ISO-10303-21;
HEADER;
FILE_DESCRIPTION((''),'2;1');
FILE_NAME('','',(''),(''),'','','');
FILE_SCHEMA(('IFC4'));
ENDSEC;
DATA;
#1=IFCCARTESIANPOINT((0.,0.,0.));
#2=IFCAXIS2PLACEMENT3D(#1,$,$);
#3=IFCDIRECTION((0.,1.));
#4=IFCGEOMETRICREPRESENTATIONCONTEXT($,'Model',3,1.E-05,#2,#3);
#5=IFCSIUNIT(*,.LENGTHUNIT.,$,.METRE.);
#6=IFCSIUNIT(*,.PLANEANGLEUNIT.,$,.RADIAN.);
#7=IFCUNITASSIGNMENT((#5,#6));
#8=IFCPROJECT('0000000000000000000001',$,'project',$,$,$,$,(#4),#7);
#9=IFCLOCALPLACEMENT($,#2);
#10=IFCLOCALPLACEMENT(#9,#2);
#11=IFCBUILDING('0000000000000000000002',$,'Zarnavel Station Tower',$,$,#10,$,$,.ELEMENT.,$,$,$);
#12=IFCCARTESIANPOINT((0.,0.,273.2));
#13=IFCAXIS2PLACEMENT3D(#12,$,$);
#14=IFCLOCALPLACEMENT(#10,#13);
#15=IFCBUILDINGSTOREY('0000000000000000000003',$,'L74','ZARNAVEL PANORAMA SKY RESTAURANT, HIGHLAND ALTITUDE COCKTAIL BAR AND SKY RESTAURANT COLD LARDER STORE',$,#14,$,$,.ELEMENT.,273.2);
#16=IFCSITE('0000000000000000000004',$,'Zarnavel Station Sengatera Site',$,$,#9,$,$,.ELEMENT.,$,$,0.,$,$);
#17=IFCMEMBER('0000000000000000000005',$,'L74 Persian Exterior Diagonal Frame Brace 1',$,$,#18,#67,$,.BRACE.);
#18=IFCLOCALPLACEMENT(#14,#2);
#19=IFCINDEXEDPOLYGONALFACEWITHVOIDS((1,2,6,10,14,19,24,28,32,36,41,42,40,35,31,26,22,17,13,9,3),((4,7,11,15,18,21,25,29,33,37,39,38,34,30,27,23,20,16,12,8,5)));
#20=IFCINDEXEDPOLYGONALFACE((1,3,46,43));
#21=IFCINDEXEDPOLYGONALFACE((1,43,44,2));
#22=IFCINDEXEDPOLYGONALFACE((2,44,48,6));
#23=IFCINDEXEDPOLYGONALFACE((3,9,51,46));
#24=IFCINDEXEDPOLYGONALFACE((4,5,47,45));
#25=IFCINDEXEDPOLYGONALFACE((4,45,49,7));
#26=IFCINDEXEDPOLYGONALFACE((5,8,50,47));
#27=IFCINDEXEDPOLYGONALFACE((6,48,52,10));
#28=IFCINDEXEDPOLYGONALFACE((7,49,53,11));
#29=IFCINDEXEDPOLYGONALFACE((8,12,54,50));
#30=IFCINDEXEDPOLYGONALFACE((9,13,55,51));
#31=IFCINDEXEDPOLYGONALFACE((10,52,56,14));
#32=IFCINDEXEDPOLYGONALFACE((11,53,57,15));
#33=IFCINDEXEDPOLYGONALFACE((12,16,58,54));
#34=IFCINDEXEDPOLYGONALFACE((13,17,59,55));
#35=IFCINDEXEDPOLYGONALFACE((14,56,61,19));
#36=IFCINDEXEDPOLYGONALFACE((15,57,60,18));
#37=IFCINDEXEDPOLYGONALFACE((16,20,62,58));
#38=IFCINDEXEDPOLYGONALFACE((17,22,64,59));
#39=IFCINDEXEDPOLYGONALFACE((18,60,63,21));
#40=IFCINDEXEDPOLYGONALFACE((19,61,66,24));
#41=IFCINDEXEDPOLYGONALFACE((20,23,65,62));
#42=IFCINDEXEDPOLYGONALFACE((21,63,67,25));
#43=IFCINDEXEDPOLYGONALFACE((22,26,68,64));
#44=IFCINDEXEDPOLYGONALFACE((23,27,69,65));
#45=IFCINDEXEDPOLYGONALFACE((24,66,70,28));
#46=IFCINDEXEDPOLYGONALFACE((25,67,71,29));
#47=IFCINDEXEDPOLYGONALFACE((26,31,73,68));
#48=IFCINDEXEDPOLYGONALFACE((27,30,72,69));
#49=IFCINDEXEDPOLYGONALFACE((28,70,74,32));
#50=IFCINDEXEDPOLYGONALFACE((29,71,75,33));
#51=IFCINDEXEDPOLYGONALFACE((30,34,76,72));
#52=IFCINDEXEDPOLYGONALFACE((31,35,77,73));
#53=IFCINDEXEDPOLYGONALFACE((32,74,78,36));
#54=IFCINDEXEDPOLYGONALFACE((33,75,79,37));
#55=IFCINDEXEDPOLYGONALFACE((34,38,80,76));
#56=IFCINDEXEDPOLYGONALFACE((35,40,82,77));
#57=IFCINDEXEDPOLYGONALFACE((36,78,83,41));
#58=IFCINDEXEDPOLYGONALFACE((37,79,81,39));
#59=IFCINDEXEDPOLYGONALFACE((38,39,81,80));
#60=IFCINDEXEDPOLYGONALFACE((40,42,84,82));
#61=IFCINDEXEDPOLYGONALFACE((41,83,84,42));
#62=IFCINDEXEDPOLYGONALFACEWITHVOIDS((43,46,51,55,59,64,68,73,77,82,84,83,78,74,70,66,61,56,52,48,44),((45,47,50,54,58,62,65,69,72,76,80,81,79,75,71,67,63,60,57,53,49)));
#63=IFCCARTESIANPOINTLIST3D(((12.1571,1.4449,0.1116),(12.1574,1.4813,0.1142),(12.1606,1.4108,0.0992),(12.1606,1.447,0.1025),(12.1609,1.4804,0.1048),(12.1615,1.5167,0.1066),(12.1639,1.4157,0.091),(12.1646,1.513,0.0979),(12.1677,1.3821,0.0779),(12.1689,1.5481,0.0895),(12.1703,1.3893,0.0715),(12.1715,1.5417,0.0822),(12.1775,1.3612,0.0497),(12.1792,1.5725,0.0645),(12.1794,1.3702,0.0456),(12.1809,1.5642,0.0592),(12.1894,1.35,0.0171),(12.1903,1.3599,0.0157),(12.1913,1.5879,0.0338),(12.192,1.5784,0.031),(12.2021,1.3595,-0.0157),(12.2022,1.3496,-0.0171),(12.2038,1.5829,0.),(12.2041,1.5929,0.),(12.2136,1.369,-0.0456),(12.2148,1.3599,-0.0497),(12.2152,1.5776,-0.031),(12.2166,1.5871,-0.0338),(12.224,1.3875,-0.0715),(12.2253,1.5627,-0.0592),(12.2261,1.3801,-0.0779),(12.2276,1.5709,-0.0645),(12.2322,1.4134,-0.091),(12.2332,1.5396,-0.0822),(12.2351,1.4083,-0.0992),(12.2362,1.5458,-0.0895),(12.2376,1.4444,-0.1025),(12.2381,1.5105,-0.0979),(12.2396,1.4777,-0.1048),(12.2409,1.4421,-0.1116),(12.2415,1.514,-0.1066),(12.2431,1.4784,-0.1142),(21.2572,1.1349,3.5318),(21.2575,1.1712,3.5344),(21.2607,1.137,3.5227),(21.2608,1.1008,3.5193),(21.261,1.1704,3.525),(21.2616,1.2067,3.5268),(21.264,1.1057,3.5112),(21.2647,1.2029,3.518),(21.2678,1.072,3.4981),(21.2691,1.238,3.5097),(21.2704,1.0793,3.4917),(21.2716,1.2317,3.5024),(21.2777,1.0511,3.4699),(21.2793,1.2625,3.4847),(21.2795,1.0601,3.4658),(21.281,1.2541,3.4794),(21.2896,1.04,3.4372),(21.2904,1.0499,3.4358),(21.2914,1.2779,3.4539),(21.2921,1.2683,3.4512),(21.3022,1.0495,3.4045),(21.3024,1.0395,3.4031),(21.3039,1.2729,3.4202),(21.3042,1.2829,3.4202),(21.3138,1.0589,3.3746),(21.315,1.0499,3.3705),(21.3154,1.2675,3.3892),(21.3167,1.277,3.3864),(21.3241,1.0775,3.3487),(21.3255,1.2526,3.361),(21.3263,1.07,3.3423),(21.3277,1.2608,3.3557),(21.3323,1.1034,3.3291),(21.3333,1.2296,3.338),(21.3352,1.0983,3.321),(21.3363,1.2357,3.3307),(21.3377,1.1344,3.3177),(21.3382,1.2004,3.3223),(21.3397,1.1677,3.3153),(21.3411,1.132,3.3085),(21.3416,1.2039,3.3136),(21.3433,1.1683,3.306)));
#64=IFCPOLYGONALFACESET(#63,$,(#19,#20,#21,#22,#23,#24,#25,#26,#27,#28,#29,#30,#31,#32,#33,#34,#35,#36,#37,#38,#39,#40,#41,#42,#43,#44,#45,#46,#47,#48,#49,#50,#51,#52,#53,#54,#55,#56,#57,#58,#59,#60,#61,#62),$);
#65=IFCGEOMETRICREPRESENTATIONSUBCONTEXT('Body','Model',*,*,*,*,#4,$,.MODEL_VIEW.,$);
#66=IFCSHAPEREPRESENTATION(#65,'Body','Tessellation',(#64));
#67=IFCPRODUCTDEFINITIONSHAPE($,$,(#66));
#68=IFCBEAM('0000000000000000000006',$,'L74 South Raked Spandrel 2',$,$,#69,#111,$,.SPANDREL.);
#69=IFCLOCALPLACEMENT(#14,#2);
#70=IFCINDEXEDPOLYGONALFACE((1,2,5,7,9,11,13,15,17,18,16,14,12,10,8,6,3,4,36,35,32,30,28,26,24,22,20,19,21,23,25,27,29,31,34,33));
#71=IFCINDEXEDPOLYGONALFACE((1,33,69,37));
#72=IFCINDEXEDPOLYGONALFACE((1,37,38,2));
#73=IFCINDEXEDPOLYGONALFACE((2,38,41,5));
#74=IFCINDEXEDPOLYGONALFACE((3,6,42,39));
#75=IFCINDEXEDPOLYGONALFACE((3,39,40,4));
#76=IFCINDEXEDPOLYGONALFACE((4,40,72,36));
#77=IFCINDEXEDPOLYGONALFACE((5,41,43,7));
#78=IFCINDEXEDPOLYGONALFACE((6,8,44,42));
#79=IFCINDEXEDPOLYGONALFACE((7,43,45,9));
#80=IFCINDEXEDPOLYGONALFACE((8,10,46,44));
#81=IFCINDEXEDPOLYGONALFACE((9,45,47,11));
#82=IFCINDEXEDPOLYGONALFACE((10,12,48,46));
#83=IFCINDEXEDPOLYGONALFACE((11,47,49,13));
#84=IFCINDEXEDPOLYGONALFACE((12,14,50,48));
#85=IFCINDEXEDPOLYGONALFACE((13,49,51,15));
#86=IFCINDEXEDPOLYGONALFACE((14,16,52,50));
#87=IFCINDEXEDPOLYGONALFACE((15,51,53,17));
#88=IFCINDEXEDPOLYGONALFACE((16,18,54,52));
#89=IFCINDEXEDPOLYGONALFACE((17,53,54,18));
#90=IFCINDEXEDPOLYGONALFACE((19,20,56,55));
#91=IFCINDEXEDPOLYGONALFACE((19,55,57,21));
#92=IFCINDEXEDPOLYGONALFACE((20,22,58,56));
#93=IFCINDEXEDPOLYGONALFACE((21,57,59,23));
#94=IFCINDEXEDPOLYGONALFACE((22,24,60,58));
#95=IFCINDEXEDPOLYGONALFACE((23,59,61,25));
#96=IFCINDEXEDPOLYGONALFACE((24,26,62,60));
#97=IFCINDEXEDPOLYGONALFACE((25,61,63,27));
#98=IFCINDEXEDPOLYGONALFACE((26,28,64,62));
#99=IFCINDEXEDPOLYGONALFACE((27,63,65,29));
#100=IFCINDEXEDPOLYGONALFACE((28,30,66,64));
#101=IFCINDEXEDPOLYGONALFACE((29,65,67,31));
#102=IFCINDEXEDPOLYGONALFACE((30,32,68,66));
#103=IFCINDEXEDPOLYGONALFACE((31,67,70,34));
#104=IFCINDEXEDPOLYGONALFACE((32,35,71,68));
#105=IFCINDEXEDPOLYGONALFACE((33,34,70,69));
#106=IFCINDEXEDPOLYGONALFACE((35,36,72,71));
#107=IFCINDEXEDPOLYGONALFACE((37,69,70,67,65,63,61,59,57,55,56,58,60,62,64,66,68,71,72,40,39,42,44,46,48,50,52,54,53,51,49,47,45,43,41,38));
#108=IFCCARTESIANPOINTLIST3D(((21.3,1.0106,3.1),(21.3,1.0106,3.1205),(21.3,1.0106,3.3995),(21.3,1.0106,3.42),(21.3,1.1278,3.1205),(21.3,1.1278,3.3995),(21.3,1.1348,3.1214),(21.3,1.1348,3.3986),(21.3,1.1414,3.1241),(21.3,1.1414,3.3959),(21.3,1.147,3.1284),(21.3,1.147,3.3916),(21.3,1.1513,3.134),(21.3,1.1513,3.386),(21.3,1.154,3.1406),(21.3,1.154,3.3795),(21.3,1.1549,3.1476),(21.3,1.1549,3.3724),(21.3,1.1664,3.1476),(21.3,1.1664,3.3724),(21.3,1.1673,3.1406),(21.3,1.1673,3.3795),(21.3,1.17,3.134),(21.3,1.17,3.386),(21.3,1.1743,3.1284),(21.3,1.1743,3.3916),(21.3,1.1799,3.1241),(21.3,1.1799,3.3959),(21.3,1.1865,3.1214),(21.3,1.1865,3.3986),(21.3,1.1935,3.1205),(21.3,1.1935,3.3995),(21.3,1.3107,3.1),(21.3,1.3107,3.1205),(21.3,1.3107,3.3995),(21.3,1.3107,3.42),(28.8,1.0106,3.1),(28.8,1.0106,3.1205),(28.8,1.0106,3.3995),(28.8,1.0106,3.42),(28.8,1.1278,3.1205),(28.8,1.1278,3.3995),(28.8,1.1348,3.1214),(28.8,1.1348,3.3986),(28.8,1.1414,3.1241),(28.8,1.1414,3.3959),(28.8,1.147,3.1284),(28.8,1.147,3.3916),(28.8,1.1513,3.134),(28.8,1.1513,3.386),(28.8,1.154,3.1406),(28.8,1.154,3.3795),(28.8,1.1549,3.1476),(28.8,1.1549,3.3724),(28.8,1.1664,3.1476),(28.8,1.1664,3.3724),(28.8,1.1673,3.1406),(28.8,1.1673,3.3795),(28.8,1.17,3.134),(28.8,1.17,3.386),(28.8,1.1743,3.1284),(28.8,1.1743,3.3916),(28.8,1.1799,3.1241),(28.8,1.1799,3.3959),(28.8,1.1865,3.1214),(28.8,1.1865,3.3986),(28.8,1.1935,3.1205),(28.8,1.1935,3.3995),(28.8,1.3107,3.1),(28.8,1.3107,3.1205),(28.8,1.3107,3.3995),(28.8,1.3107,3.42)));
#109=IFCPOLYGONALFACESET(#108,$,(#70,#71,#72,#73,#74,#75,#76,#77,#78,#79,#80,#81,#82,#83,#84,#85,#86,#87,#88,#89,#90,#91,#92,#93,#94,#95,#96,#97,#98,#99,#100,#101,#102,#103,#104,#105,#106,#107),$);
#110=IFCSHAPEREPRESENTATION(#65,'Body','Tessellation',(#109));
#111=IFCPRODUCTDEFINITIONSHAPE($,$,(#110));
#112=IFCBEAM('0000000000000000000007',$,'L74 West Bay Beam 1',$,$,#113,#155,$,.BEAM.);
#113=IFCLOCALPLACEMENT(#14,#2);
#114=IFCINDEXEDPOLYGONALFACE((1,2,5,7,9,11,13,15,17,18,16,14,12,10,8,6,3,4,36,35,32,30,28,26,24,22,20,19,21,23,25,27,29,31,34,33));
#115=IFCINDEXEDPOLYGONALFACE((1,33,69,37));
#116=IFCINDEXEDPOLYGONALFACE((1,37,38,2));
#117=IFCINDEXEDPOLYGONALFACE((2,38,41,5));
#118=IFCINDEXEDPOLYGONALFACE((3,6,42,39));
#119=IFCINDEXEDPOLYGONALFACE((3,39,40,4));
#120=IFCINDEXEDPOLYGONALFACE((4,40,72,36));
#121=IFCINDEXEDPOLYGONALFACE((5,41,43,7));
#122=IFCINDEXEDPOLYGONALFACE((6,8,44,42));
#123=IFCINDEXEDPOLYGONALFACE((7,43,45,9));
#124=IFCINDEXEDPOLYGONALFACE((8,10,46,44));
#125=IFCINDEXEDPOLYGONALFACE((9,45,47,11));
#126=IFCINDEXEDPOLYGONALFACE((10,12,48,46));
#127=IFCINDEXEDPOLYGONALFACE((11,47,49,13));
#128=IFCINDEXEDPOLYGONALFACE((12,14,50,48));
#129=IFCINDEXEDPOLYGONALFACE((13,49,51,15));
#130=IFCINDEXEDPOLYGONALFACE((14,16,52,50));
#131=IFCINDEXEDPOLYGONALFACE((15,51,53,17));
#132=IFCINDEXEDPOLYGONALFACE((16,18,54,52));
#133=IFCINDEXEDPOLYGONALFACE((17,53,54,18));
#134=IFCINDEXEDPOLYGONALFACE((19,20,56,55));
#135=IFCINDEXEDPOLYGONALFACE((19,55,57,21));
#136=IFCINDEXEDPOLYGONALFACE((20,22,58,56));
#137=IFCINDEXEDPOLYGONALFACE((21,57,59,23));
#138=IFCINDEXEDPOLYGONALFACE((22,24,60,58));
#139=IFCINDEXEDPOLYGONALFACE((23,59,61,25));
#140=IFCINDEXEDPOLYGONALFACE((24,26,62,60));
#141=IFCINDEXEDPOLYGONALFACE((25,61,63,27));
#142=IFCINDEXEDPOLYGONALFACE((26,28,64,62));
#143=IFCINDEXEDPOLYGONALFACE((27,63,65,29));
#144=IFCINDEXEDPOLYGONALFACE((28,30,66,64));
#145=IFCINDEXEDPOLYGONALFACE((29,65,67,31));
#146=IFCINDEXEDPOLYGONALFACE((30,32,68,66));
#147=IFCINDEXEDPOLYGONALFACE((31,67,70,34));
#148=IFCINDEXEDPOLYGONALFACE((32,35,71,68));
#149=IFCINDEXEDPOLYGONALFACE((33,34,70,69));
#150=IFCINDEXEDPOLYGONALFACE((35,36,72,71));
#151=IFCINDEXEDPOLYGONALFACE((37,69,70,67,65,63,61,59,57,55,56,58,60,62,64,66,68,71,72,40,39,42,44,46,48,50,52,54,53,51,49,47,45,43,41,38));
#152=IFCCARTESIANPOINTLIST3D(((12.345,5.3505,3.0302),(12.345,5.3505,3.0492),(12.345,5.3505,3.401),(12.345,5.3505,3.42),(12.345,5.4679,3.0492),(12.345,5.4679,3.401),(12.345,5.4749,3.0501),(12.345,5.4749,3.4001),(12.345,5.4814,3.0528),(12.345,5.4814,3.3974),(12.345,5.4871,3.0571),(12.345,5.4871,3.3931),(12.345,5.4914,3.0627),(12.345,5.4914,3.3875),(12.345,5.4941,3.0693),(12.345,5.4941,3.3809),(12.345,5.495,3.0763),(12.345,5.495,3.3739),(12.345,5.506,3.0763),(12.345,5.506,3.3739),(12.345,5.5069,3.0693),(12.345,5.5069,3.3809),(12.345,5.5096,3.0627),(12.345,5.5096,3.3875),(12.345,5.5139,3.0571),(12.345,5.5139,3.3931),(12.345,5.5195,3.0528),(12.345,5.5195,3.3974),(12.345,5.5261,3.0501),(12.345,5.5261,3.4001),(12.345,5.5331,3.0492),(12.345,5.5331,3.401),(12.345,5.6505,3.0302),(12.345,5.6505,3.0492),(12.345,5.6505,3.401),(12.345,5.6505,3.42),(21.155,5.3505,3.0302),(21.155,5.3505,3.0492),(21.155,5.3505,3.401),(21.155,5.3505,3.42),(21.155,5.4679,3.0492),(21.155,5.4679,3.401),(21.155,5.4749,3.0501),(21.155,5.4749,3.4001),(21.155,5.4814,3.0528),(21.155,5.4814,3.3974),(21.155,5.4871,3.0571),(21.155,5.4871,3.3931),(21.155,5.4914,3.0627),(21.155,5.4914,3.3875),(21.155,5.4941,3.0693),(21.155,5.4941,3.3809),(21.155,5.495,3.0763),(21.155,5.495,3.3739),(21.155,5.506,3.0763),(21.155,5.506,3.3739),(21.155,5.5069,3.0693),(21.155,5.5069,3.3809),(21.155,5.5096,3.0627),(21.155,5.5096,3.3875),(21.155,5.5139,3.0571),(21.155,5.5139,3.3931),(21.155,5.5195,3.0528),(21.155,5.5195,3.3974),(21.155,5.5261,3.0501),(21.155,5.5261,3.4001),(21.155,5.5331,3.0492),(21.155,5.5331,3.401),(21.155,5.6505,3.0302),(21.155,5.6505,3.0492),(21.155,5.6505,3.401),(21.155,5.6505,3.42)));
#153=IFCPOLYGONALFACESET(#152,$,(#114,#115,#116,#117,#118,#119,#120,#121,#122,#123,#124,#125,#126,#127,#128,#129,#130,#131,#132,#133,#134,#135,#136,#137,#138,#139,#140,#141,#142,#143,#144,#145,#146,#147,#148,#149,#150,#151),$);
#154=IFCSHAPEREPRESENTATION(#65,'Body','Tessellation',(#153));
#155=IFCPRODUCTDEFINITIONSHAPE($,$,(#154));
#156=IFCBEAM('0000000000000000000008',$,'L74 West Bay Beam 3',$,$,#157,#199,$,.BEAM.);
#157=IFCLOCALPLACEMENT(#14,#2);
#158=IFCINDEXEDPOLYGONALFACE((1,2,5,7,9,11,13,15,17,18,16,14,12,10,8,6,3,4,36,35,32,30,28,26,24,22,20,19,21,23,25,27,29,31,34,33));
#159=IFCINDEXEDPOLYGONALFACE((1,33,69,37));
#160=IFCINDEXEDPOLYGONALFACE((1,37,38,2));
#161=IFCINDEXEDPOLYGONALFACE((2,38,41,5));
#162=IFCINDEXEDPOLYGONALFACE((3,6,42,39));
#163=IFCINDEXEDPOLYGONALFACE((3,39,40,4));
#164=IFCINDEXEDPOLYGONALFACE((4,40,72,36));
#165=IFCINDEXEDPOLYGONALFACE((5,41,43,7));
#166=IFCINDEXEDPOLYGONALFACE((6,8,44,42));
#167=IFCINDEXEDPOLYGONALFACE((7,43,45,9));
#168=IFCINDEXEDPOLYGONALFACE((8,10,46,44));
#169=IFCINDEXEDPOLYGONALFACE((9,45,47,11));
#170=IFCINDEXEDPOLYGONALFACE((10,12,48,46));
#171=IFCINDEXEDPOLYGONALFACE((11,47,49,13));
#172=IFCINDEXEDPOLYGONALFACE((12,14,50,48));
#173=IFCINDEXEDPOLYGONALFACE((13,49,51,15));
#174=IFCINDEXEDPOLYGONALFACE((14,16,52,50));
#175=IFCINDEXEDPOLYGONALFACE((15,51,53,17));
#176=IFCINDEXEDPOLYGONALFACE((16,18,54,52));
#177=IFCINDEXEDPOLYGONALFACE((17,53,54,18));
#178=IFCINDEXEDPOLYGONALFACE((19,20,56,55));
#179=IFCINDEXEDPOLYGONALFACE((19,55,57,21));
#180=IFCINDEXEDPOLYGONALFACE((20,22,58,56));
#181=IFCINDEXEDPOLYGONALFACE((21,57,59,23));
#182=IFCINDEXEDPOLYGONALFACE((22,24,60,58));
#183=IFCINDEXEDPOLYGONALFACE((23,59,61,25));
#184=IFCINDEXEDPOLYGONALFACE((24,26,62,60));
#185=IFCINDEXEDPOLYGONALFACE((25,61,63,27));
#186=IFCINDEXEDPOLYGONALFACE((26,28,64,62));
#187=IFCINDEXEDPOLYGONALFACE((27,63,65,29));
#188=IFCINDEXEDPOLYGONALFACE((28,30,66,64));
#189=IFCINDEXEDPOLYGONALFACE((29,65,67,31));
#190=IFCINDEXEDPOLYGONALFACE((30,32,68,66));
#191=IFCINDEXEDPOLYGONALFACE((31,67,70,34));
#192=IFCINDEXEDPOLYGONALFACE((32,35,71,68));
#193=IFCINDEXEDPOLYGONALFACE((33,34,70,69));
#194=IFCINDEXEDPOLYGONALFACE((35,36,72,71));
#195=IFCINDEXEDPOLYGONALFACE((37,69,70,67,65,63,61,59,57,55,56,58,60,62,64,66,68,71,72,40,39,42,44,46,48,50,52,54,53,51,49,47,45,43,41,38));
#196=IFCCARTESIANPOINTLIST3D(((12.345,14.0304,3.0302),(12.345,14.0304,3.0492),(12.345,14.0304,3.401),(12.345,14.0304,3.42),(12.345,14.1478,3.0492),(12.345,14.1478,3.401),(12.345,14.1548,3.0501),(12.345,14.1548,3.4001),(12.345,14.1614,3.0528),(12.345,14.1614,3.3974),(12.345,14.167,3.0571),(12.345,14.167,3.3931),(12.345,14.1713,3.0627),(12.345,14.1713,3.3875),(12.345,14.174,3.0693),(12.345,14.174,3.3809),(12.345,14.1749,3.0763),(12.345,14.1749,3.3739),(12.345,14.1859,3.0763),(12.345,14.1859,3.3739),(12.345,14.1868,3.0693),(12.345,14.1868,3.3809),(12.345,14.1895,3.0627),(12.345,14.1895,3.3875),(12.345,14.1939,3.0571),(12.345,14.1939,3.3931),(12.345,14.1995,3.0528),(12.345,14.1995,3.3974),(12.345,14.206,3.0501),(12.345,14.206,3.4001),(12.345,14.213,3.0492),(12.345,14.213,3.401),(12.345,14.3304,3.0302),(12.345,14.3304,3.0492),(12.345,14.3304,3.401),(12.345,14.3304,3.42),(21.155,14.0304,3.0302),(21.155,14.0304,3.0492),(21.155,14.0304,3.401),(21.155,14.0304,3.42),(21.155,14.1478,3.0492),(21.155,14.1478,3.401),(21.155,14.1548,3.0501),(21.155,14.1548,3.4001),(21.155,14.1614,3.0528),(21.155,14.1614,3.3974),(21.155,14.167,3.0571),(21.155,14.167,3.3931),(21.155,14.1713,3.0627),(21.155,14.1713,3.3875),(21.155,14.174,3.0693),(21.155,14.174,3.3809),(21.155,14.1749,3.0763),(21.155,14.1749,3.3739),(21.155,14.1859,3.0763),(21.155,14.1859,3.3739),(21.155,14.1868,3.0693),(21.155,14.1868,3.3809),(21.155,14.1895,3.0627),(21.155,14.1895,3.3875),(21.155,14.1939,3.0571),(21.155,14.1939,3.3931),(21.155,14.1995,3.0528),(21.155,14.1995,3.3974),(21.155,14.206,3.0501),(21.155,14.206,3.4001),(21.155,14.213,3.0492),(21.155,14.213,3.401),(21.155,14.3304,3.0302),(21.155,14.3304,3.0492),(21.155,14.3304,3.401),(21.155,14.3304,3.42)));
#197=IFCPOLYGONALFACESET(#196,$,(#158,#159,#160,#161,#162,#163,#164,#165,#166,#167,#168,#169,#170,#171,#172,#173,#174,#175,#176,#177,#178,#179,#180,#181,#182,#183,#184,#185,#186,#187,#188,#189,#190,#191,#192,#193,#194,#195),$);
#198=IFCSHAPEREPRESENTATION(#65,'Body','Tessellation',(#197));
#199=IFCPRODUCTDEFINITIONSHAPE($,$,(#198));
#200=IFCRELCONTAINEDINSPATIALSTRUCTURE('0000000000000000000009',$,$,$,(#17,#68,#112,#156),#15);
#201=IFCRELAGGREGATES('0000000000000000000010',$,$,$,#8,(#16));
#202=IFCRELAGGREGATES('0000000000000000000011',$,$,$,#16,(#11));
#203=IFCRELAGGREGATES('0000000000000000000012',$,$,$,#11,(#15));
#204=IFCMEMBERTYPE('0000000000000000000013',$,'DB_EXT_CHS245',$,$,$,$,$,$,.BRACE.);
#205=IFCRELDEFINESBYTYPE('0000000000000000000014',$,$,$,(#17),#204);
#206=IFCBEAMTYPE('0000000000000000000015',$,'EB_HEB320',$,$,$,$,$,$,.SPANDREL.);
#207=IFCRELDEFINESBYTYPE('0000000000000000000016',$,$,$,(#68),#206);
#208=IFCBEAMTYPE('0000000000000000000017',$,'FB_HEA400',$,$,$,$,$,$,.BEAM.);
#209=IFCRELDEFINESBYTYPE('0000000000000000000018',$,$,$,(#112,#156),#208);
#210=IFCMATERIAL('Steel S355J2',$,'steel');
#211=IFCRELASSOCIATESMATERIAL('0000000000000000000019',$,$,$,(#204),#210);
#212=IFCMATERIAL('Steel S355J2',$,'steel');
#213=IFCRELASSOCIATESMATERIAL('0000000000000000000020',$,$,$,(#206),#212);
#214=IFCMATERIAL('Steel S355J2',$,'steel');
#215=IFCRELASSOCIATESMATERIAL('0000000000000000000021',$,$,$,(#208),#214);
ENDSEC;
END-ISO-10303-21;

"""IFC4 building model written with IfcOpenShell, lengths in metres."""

from ifc_helpers import new_model, si_unit, direction, frame, origin, origin_2d, place, context, subcontext, project, spatial, hollow_circle, i_section, extrude, material, material_profile, profile_set, type_object, element, save


model = new_model("IFC4")

# Units and contexts
model_context = context("Model", 3, precision=1e-05, world=origin(), true_north=direction((0.0, 1.0)))
body_context = subcontext(model_context, "Body", "Model", "MODEL_VIEW")
ifc_project = project(units=[si_unit("LENGTHUNIT", "METRE"), si_unit("PLANEANGLEUNIT", "RADIAN")], contexts=[model_context])

# Site, building, storey
site_placement = place(None, origin())
site = spatial("IfcSite", under=ifc_project, at=site_placement, Name="Zarnavel Station Sengatera Site", CompositionType="ELEMENT", RefElevation=0.0)
building_placement = place(site_placement, origin())
building = spatial("IfcBuilding", under=site, at=building_placement, Name="Zarnavel Station Tower", CompositionType="ELEMENT")
storey_placement = place(building_placement, frame((0.0, 0.0, 273.2)))
storey = spatial("IfcBuildingStorey", under=building, at=storey_placement, Name="L74", Description="ZARNAVEL PANORAMA SKY RESTAURANT, HIGHLAND ALTITUDE COCKTAIL BAR AND SKY RESTAURANT COLD LARDER STORE", CompositionType="ELEMENT", Elevation=273.2)

# Member
ifc_material_1 = material(Name="Steel S355J2", Category="steel")
ifc_material_profile_1 = material_profile(ifc_material_1, hollow_circle(Radius=0.1223, WallThickness=0.01, at=origin_2d()), Name="CHS244.5x10")
ifc_profile_set_1 = profile_set([ifc_material_profile_1], Name="Steel S355J2")
member_type = type_object("IfcMemberType", Name="DB_EXT_CHS245", PredefinedType="BRACE", material=ifc_profile_set_1)
member_placement = place(storey_placement, frame((12.2, 1.4707, 0.0), z_axis=(0.935595, -0.031878, 0.351633), x_axis=(0.034052, 0.99942, 0.0)))
element("IfcMember", 1, at=member_placement, inside=storey, type_object=member_type, Name="L74 Persian Exterior Diagonal Frame Brace 1", PredefinedType="BRACE", context=body_context, shape_type="SweptSolid", body=[
    extrude(hollow_circle(Radius=0.1223, WallThickness=0.01, at=origin_2d()), origin(), (0.0, 0.0, 1.0), 9.7266),
])

# Beams
ifc_material_2 = material(Name="Steel S355J2", Category="steel")
ifc_material_profile_2 = material_profile(ifc_material_2, i_section(OverallWidth=0.3, OverallDepth=0.3201, WebThickness=0.0115, FlangeThickness=0.0205, FilletRadius=0.0271, at=origin_2d()), Name="HEB320")
ifc_profile_set_2 = profile_set([ifc_material_profile_2], Name="Steel S355J2")
beam_type_1 = type_object("IfcBeamType", Name="EB_HEB320", PredefinedType="SPANDREL", material=ifc_profile_set_2)
beam_1_placement = place(storey_placement, frame((21.3, 1.1606, 3.26), z_axis=(1.0, 0.0, 0.0), x_axis=(0.0, 1.0, 0.0)))
element("IfcBeam", 2, at=beam_1_placement, inside=storey, type_object=beam_type_1, Name="L74 South Raked Spandrel 2", PredefinedType="SPANDREL", context=body_context, shape_type="SweptSolid", body=[
    extrude(i_section(OverallWidth=0.3, OverallDepth=0.3201, WebThickness=0.0115, FlangeThickness=0.0205, FilletRadius=0.0271, at=origin_2d()), origin(), (0.0, 0.0, 1.0), 7.5),
])
ifc_material_3 = material(Name="Steel S355J2", Category="steel")
ifc_material_profile_3 = material_profile(ifc_material_3, i_section(OverallWidth=0.3, OverallDepth=0.3899, WebThickness=0.011, FlangeThickness=0.019, FilletRadius=0.0271, at=origin_2d()), Name="HEA400")
ifc_profile_set_3 = profile_set([ifc_material_profile_3], Name="Steel S355J2")
beam_type_2 = type_object("IfcBeamType", Name="FB_HEA400", PredefinedType="BEAM", material=ifc_profile_set_3)
for number, where, z_axis, x_axis, name in (
    (3, (12.345, 5.5005, 3.2251), (1.0, 0.0, 0.0), (0.0, 1.0, 0.0), "L74 West Bay Beam 1"),
    (4, (12.345, 14.1804, 3.2251), (1.0, 0.0, 0.0), (0.0, 1.0, 0.0), "L74 West Bay Beam 3"),
):
    element("IfcBeam", number, at=place(storey_placement, frame(where, z_axis=z_axis, x_axis=x_axis)), inside=storey, type_object=beam_type_2, Name=name, PredefinedType="BEAM", context=body_context, shape_type="SweptSolid", body=[
        extrude(i_section(OverallWidth=0.3, OverallDepth=0.3899, WebThickness=0.011, FlangeThickness=0.019, FilletRadius=0.0271, at=origin_2d()), origin(), (0.0, 0.0, 1.0), 8.8101),
    ])

save(model, "model.ifc")
